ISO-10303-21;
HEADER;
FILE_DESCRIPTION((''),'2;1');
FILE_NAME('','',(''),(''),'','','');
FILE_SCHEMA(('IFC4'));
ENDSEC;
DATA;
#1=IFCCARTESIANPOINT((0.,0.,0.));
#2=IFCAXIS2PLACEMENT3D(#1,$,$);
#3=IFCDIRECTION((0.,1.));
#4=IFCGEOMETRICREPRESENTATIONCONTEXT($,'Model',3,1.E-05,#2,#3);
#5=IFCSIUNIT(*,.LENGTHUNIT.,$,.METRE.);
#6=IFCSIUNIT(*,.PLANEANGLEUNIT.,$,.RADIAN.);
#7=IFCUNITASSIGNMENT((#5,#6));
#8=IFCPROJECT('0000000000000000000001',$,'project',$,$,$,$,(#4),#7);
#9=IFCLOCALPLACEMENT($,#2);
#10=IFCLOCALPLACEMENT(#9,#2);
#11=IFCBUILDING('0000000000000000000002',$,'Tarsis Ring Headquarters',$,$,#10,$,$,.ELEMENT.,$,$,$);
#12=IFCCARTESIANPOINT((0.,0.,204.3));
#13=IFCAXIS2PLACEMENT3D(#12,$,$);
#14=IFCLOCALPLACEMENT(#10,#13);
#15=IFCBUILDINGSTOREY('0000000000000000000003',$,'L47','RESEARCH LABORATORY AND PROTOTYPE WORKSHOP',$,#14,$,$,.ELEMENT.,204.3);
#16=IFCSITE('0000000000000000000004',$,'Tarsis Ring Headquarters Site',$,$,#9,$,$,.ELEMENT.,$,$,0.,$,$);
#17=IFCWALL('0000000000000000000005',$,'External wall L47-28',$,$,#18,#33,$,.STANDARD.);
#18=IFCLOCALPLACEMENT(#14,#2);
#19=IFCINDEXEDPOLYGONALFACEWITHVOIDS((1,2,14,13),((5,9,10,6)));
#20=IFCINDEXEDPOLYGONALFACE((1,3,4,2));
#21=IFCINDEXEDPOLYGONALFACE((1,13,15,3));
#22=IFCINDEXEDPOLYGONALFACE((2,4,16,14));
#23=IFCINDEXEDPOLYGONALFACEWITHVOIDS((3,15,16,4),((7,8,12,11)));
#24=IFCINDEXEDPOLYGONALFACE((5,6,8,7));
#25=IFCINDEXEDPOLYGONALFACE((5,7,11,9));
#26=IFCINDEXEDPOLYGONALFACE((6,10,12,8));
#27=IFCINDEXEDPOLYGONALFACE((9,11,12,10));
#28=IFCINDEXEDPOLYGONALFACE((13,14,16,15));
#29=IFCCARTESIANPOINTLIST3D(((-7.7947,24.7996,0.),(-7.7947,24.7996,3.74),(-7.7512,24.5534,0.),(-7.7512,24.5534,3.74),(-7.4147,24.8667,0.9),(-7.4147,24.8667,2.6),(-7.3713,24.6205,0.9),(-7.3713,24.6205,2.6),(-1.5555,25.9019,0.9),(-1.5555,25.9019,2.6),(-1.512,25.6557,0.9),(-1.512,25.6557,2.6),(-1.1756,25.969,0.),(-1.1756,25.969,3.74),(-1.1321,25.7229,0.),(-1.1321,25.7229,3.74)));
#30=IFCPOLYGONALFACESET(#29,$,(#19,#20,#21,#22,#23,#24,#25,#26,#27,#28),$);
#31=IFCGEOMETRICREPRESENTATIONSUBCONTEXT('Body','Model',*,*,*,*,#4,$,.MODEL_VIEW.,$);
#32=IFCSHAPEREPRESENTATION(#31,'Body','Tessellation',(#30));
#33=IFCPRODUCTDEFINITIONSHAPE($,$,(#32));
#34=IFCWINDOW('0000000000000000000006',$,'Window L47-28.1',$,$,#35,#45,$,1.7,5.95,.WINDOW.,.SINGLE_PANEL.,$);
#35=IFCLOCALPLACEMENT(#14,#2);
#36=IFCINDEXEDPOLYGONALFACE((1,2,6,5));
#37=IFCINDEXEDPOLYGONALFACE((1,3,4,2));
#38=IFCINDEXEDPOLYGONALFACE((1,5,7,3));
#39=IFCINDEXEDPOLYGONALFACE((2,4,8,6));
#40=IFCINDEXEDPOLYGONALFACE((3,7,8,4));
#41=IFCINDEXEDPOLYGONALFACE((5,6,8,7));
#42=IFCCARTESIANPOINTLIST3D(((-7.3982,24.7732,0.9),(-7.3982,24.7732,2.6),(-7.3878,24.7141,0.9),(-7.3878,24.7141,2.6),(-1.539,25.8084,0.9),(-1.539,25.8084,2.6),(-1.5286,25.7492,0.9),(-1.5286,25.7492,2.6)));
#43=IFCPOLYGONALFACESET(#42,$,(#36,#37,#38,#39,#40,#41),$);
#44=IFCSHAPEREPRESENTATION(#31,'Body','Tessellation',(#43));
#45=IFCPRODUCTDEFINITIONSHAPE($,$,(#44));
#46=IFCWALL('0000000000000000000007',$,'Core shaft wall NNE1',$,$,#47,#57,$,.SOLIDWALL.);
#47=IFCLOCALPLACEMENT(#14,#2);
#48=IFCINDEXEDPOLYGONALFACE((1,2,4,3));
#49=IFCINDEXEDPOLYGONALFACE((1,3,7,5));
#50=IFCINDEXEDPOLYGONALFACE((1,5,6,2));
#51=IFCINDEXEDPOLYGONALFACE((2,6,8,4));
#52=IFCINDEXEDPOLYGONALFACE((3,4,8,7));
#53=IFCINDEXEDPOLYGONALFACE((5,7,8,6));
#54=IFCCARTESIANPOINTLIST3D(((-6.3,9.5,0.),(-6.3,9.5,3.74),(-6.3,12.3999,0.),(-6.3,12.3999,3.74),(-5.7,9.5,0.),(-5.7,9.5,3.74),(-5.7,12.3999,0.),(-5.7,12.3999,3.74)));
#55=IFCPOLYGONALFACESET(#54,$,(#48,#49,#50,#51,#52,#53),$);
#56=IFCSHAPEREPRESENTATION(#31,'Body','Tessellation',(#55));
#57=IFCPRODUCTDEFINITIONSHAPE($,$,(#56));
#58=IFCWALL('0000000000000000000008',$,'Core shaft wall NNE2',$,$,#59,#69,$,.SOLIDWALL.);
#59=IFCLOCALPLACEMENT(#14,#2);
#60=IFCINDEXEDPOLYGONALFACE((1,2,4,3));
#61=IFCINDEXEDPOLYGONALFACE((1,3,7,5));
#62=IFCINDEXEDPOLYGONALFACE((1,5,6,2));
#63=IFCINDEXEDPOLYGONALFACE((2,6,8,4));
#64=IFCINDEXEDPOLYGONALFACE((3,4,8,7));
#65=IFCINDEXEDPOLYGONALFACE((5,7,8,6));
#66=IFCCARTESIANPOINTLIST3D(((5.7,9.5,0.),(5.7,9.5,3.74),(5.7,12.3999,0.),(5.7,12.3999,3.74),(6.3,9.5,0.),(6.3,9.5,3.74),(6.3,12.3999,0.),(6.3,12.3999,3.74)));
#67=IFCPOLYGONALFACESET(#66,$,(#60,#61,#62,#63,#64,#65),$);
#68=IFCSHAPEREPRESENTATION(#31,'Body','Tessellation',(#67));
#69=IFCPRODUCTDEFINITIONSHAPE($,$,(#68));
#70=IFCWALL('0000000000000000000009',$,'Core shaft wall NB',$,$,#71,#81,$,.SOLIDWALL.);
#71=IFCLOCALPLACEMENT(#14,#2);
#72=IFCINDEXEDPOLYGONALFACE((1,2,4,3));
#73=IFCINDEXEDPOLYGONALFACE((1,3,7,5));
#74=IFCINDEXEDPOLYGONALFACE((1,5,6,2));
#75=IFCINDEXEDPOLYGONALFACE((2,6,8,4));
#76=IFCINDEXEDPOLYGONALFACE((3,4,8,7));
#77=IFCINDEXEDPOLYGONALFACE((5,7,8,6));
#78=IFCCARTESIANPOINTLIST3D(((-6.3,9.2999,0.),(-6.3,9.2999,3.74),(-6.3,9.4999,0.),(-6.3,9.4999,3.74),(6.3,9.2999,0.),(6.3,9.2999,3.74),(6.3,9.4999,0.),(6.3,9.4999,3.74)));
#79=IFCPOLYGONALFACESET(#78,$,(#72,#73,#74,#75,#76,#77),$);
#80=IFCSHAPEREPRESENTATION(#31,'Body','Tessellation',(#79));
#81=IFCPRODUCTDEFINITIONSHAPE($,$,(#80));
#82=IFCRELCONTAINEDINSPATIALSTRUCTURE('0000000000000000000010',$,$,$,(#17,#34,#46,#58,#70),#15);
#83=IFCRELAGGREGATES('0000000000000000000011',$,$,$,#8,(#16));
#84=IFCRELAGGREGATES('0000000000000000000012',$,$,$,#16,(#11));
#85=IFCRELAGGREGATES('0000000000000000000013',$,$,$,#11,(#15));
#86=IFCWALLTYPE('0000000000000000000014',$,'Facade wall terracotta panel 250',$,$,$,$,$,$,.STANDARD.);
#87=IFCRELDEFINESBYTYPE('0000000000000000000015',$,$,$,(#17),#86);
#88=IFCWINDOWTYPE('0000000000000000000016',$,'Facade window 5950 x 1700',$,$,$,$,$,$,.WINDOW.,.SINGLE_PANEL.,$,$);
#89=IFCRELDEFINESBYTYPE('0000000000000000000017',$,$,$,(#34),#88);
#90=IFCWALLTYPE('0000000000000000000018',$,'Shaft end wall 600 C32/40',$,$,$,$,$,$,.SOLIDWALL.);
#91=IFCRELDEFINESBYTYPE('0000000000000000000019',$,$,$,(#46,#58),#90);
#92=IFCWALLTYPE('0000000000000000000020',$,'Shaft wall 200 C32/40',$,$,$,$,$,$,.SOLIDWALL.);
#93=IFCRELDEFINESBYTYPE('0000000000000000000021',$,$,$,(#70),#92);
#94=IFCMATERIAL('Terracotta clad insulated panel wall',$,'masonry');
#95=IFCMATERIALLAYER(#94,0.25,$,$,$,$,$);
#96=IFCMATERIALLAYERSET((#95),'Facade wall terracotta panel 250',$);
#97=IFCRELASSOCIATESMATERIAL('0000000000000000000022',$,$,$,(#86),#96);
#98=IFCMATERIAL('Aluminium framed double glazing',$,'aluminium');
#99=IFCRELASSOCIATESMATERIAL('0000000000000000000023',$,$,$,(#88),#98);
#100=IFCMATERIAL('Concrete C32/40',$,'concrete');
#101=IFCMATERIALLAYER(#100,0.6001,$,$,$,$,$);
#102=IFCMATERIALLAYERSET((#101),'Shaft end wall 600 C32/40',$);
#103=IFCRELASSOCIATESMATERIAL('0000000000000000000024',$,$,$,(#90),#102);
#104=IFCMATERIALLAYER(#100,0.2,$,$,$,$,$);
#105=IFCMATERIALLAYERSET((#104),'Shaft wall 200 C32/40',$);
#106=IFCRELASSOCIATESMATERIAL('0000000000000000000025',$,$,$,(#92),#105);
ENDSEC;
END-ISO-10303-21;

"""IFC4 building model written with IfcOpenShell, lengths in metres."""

from ifc_helpers import new_model, si_unit, direction, frame, frame_2d, origin, place, context, subcontext, project, spatial, rectangle, extrude, material, layer, layer_set, type_object, element, fill, save


model = new_model("IFC4")

# Units and contexts
model_context = context("Model", 3, precision=1e-05, world=origin(), true_north=direction((0.0, 1.0)))
body_context = subcontext(model_context, "Body", "Model", "MODEL_VIEW")
ifc_project = project(units=[si_unit("LENGTHUNIT", "METRE"), si_unit("PLANEANGLEUNIT", "RADIAN")], contexts=[model_context])

# Site, building, storey
site_placement = place(None, origin())
site = spatial("IfcSite", under=ifc_project, at=site_placement, Name="Tarsis Ring Headquarters Site", CompositionType="ELEMENT", RefElevation=0.0)
building_placement = place(site_placement, origin())
building = spatial("IfcBuilding", under=site, at=building_placement, Name="Tarsis Ring Headquarters", CompositionType="ELEMENT")
storey_placement = place(building_placement, frame((0.0, 0.0, 204.3)))
storey = spatial("IfcBuildingStorey", under=building, at=storey_placement, Name="L47", Description="RESEARCH LABORATORY AND PROTOTYPE WORKSHOP", CompositionType="ELEMENT", Elevation=204.3)

# Wall, opening, window
ifc_material_1 = material(Name="Terracotta clad insulated panel wall", Category="masonry")
ifc_layer_1 = layer(ifc_material_1, 0.25)
ifc_layer_set_1 = layer_set([ifc_layer_1], Name="Facade wall terracotta panel 250")
wall_type_1 = type_object("IfcWallType", Name="Facade wall terracotta panel 250", PredefinedType="STANDARD", material=ifc_layer_set_1)
ifc_material_2 = material(Name="Aluminium framed double glazing", Category="aluminium")
window_type = type_object("IfcWindowType", Name="Facade window 5950 x 1700", PartitioningType="SINGLE_PANEL", PredefinedType="WINDOW", material=ifc_material_2)
wall_1_placement = place(storey_placement, frame((-1.1538, 25.8459, 0.0), z_axis=(0.0, 0.0, 1.0), x_axis=(-0.984749, -0.17398, 0.0)))
wall_1 = element("IfcWall", 1, at=wall_1_placement, inside=storey, type_object=wall_type_1, Name="External wall L47-28", PredefinedType="STANDARD", context=body_context, shape_type="SweptSolid", body=[
    extrude(rectangle(XDim=6.7217, YDim=0.25, at=frame_2d((3.3608, 0.0))), origin(), (0.0, 0.0, 1.0), 3.74),
])
opening_1_placement = place(wall_1_placement, frame((0.3857, 0.0, 0.8999)))
opening_1 = element("IfcOpeningElement", 2, at=opening_1_placement, cuts=wall_1, PredefinedType="OPENING", context=body_context, shape_type="SweptSolid", body=[
    extrude(rectangle(XDim=5.95, YDim=1.7, at=frame_2d((2.9751, 0.8501))), frame((0.0, 0.135, 0.0), z_axis=(0.0, -1.0, 0.0), x_axis=(1.0, 0.0, 0.0)), (0.0, 0.0, 1.0), 0.27),
])
window_1_placement = place(opening_1_placement, origin())
window_1 = element("IfcWindow", 3, at=window_1_placement, inside=storey, type_object=window_type, Name="Window L47-28.1", OverallHeight=1.7, OverallWidth=5.95, PartitioningType="SINGLE_PANEL", PredefinedType="WINDOW", context=body_context, shape_type="SweptSolid", body=[
    extrude(rectangle(XDim=5.95, YDim=1.7, at=frame_2d((2.9751, 0.8501))), frame((0.0, 0.03, 0.0), z_axis=(0.0, -1.0, 0.0), x_axis=(1.0, 0.0, 0.0)), (0.0, 0.0, 1.0), 0.0601),
])
fill(opening_1, window_1)

# Walls
ifc_material_3 = material(Name="Concrete C32/40", Category="concrete")
ifc_layer_2 = layer(ifc_material_3, 0.6001)
ifc_layer_set_2 = layer_set([ifc_layer_2], Name="Shaft end wall 600 C32/40")
wall_type_2 = type_object("IfcWallType", Name="Shaft end wall 600 C32/40", PredefinedType="SOLIDWALL", material=ifc_layer_set_2)
for number, where, z_axis, x_axis, name in (
    (4, (-6.0, 9.5, 0.0), (0.0, 0.0, 1.0), (0.0, 1.0, 0.0), "Core shaft wall NNE1"),
    (5, (6.0, 9.5, 0.0), (0.0, 0.0, 1.0), (0.0, 1.0, 0.0), "Core shaft wall NNE2"),
):
    element("IfcWall", number, at=place(storey_placement, frame(where, z_axis=z_axis, x_axis=x_axis)), inside=storey, type_object=wall_type_2, Name=name, PredefinedType="SOLIDWALL", context=body_context, shape_type="SweptSolid", body=[
        extrude(rectangle(XDim=2.8999, YDim=0.6001, at=frame_2d((1.45, 0.0))), origin(), (0.0, 0.0, 1.0), 3.74),
    ])
ifc_layer_3 = layer(ifc_material_3, 0.2)
ifc_layer_set_3 = layer_set([ifc_layer_3], Name="Shaft wall 200 C32/40")
wall_type_3 = type_object("IfcWallType", Name="Shaft wall 200 C32/40", PredefinedType="SOLIDWALL", material=ifc_layer_set_3)
wall_2_placement = place(storey_placement, frame((-6.3, 9.3999, 0.0), z_axis=(0.0, 0.0, 1.0), x_axis=(1.0, 0.0, 0.0)))
element("IfcWall", 6, at=wall_2_placement, inside=storey, type_object=wall_type_3, Name="Core shaft wall NB", PredefinedType="SOLIDWALL", context=body_context, shape_type="SweptSolid", body=[
    extrude(rectangle(XDim=12.6001, YDim=0.2, at=frame_2d((6.3, 0.0))), origin(), (0.0, 0.0, 1.0), 3.74),
])

save(model, "model.ifc")
